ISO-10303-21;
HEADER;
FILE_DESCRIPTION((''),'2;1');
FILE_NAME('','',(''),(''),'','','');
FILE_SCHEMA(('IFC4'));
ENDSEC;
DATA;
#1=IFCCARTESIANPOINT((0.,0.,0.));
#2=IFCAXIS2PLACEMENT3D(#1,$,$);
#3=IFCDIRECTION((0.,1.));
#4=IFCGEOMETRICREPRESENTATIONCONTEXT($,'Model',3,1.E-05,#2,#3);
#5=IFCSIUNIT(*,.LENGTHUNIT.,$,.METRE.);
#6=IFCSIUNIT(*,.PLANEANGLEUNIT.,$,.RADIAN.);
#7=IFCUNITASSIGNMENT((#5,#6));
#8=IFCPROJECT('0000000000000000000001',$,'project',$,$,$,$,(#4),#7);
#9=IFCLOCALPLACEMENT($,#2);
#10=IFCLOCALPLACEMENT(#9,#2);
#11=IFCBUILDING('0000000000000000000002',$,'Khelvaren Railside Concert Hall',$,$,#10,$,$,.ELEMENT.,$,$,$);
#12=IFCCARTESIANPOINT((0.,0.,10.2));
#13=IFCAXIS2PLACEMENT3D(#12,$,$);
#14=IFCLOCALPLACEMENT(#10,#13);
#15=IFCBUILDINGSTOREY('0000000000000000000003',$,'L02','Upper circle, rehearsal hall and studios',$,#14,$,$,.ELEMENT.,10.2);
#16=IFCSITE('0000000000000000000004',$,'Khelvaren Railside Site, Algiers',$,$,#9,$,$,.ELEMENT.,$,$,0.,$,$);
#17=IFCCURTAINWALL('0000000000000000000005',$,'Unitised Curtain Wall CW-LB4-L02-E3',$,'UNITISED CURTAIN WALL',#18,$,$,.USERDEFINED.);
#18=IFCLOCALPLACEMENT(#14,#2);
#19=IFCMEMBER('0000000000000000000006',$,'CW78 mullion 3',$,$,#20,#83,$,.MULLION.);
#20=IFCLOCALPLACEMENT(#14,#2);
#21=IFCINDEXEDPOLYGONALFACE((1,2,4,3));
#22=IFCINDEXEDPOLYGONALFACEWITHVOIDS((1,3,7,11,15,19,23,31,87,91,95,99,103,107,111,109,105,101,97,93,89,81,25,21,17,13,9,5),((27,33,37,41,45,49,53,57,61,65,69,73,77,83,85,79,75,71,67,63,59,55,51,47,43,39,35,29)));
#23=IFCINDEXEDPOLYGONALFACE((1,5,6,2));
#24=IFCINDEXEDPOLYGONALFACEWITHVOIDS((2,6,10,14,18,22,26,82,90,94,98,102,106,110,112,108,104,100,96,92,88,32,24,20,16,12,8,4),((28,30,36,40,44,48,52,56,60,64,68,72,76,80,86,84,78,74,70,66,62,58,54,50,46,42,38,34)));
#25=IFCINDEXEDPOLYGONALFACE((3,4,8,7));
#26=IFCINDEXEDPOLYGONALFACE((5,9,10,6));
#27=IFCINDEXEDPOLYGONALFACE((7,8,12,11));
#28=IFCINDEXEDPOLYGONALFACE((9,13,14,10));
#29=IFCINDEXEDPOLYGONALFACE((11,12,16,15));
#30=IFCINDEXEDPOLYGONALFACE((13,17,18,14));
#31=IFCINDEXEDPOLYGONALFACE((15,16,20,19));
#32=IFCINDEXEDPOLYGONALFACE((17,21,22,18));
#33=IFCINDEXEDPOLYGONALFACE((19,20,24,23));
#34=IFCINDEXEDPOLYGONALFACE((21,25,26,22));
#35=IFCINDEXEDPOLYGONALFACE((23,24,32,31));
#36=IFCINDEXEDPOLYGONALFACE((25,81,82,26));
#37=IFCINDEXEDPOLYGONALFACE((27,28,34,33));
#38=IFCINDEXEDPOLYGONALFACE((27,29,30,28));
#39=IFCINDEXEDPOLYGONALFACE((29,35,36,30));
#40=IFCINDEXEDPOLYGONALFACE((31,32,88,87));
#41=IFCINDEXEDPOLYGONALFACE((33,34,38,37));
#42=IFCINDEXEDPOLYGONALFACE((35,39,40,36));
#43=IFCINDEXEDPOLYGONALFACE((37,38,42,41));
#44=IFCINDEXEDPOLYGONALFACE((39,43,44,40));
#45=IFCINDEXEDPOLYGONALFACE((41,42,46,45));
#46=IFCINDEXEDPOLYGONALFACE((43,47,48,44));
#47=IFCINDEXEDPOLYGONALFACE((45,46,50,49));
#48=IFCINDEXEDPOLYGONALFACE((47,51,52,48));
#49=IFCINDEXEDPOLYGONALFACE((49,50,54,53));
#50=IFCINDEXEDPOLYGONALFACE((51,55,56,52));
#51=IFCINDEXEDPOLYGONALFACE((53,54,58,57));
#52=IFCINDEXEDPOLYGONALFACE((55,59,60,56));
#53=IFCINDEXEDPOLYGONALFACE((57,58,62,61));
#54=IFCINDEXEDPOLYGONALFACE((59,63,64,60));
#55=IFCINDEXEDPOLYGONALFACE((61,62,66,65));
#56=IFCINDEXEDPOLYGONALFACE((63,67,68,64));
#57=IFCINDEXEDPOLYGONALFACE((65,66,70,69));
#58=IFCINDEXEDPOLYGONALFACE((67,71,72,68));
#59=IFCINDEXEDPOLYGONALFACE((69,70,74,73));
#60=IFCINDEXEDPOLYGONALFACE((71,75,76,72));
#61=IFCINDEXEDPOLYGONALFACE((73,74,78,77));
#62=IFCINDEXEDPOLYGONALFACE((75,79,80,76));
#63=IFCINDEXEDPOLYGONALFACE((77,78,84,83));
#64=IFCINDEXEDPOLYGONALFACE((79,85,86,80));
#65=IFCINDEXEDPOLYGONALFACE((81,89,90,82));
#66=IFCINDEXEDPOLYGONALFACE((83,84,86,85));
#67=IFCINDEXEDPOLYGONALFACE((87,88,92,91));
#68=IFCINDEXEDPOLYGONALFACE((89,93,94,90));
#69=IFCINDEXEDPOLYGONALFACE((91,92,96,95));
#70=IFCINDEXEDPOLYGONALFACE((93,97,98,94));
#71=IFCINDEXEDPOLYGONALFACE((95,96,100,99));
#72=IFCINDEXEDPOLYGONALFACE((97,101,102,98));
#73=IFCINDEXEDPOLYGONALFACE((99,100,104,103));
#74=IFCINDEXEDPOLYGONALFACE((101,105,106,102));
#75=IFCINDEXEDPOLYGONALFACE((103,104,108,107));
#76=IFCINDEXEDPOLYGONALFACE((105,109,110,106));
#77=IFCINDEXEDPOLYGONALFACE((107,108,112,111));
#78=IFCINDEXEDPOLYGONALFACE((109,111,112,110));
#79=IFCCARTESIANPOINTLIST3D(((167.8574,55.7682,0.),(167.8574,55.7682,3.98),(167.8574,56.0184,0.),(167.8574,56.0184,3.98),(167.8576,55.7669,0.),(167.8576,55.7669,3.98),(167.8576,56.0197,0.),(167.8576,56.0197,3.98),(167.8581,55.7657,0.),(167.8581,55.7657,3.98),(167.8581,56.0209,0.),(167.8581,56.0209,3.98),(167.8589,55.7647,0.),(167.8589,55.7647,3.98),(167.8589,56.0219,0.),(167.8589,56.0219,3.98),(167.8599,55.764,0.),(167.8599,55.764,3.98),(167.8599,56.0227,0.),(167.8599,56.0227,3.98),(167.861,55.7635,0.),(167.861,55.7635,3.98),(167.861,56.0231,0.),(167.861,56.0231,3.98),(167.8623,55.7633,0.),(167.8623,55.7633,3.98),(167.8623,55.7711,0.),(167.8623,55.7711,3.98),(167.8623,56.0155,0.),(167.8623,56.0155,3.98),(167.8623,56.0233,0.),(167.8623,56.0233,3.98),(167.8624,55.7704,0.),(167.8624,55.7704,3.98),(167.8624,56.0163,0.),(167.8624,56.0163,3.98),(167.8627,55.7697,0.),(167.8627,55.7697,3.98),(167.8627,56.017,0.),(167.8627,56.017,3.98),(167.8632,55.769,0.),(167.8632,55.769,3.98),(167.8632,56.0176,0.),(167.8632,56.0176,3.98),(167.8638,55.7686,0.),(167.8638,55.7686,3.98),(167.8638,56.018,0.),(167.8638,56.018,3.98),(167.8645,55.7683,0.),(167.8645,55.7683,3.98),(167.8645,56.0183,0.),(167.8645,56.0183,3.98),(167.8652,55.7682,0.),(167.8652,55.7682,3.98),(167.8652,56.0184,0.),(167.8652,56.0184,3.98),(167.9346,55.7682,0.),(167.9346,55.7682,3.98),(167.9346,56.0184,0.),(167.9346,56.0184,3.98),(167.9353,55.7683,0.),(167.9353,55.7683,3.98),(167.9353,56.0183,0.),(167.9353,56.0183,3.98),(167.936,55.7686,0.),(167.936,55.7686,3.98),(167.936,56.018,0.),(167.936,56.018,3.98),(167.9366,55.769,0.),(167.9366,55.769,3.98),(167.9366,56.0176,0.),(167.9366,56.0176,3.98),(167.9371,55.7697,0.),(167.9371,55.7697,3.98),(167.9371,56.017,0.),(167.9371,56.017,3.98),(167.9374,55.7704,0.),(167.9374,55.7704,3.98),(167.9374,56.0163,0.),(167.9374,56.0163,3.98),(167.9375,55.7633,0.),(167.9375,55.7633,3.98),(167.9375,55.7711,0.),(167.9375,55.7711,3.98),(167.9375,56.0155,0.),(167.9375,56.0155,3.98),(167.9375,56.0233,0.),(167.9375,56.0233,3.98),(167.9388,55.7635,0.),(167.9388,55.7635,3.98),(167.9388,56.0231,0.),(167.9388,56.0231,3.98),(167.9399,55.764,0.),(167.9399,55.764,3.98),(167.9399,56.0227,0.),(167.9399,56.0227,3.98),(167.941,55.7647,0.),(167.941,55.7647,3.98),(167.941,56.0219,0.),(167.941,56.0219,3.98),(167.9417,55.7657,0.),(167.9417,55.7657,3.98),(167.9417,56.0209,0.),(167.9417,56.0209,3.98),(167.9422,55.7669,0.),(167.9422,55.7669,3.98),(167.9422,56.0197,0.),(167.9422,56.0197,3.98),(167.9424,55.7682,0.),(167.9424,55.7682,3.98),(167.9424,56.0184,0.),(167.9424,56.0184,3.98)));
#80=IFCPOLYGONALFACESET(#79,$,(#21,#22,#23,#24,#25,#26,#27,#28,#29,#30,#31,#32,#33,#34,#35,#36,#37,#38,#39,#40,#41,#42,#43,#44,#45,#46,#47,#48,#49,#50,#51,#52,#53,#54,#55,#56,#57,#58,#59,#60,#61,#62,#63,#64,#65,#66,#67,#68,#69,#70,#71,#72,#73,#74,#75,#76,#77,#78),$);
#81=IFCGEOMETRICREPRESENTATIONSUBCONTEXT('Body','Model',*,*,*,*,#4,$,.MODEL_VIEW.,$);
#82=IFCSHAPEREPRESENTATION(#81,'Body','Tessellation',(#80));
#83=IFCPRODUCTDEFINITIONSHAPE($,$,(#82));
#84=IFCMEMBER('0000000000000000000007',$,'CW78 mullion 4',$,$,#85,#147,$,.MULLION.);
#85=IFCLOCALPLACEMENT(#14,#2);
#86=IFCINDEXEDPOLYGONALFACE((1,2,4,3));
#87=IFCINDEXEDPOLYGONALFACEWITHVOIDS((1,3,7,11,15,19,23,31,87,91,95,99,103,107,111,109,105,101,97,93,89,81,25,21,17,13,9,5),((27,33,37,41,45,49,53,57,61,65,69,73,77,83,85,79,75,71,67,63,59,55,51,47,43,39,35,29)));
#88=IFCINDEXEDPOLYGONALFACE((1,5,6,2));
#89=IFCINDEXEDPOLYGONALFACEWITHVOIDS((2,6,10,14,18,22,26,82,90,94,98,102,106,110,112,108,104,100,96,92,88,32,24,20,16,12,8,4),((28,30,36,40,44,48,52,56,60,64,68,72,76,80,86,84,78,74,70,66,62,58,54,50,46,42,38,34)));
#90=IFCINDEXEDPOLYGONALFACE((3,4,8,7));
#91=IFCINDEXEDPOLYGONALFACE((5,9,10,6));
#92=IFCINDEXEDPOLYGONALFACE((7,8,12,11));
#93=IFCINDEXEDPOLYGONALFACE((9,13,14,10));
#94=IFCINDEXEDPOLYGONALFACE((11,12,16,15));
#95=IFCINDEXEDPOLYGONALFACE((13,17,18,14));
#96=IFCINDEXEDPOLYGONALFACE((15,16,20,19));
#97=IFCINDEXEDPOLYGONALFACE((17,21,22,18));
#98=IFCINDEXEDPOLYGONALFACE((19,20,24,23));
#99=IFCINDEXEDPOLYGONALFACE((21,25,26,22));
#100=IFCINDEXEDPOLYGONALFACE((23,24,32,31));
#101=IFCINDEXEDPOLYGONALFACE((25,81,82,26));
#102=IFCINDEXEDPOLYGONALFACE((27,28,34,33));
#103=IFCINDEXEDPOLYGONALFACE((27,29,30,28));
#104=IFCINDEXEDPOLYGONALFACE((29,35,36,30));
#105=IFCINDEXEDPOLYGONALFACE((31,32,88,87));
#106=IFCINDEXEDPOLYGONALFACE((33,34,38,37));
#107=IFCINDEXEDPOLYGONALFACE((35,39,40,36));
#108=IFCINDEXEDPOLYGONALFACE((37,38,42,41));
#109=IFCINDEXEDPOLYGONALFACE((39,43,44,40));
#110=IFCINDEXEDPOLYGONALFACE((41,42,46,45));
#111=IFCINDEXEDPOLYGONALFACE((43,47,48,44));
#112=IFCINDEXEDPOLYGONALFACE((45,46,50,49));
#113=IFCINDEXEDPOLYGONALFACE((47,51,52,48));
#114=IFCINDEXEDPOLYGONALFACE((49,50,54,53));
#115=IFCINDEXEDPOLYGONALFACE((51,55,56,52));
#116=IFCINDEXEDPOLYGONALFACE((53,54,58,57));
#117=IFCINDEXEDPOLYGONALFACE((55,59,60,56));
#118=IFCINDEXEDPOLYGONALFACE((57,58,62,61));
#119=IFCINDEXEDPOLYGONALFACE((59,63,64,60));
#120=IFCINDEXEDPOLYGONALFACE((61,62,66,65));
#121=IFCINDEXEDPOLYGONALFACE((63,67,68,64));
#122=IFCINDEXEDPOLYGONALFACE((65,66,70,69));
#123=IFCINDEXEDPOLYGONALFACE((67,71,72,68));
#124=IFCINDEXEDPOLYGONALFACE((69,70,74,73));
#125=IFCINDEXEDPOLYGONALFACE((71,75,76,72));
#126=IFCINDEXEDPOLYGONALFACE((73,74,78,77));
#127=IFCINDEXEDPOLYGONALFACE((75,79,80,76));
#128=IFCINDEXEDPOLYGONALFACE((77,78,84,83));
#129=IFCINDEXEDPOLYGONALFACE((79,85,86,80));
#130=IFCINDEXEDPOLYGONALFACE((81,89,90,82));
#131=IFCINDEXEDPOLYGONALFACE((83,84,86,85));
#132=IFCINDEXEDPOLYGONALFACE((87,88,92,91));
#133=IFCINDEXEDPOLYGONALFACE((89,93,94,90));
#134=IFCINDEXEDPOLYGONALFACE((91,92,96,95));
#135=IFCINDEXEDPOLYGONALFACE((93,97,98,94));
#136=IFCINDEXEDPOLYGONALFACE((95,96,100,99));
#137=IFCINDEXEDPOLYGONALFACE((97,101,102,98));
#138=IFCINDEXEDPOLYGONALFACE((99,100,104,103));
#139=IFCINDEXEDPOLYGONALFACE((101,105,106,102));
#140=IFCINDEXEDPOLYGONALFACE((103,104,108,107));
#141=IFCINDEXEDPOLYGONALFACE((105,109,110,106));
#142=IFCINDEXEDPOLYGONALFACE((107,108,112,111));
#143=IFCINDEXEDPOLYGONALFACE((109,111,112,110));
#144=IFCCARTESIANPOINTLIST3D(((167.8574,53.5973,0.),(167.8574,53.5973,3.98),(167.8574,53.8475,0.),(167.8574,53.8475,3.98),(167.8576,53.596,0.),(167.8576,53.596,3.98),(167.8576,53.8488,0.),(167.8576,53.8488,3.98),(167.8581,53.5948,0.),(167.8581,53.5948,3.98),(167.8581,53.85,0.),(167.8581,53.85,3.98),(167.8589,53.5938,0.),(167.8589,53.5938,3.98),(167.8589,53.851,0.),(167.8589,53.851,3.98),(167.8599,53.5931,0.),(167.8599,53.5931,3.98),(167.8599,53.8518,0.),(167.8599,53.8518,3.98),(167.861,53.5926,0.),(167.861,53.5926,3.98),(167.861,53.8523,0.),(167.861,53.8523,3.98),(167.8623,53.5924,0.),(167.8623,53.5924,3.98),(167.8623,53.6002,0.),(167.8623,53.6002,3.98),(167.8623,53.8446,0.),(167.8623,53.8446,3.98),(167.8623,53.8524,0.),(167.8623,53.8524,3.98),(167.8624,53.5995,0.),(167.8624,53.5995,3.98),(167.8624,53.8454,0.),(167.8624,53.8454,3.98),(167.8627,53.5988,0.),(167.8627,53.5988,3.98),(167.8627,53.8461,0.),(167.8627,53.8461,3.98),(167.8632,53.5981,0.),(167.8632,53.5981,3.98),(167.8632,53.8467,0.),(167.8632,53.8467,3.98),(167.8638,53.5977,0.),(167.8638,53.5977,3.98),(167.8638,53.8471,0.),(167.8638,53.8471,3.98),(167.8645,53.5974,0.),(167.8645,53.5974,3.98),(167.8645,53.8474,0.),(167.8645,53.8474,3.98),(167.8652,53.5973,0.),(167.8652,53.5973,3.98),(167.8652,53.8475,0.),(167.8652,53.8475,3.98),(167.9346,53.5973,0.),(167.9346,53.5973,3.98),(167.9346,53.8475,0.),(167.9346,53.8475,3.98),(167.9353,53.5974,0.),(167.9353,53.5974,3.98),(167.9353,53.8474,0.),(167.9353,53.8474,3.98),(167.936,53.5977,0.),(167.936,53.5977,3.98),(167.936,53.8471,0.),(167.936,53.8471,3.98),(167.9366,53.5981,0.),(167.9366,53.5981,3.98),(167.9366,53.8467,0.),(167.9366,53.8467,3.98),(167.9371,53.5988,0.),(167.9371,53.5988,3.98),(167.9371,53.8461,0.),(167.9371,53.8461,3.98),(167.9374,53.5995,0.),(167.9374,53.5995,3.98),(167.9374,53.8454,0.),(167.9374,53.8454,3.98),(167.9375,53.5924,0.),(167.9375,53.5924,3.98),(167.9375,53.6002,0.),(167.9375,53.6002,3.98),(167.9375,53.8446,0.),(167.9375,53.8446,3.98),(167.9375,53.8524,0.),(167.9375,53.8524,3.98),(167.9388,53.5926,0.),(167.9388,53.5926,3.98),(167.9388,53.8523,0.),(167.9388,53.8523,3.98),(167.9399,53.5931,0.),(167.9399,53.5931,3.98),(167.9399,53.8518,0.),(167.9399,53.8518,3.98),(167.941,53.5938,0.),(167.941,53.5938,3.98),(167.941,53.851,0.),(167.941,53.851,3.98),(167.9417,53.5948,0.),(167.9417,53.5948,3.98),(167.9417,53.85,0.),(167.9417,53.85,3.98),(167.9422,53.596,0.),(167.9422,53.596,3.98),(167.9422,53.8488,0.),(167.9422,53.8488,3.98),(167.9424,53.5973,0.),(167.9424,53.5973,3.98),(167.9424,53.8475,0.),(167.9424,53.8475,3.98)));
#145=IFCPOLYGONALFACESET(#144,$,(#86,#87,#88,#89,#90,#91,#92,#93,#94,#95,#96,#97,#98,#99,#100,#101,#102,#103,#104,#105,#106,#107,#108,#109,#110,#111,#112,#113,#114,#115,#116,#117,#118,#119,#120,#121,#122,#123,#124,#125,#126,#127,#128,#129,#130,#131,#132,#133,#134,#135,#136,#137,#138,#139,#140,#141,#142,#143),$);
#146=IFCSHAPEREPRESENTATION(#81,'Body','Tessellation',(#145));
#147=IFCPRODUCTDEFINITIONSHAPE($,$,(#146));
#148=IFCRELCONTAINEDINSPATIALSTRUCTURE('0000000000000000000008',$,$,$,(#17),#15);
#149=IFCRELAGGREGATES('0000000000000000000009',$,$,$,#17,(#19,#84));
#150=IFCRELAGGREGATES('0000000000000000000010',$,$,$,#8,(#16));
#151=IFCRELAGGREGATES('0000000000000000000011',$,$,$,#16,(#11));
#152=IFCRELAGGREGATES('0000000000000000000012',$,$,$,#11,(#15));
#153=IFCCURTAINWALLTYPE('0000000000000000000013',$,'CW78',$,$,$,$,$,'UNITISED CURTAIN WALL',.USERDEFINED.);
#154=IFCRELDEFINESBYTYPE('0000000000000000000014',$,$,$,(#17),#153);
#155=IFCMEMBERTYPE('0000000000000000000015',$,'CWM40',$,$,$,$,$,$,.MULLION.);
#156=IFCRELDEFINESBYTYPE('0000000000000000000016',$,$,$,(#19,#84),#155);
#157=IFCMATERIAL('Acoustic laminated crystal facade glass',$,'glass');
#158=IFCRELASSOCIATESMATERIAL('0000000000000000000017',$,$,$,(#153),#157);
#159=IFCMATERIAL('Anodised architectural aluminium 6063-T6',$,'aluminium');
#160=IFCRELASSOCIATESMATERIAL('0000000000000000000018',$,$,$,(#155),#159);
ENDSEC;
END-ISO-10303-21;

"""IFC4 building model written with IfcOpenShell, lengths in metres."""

from ifc_helpers import new_model, si_unit, direction, frame, origin, origin_2d, place, context, subcontext, project, spatial, hollow_rectangle, extrude, material, material_profile, profile_set, type_object, element, aggregate, save


model = new_model("IFC4")

# Units and contexts
model_context = context("Model", 3, precision=1e-05, world=origin(), true_north=direction((0.0, 1.0)))
body_context = subcontext(model_context, "Body", "Model", "MODEL_VIEW")
ifc_project = project(units=[si_unit("LENGTHUNIT", "METRE"), si_unit("PLANEANGLEUNIT", "RADIAN")], contexts=[model_context])

# Site, building, storey
site_placement = place(None, origin())
site = spatial("IfcSite", under=ifc_project, at=site_placement, Name="Khelvaren Railside Site, Algiers", CompositionType="ELEMENT", RefElevation=0.0)
building_placement = place(site_placement, origin())
building = spatial("IfcBuilding", under=site, at=building_placement, Name="Khelvaren Railside Concert Hall", CompositionType="ELEMENT")
storey_placement = place(building_placement, frame((0.0, 0.0, 10.2)))
storey = spatial("IfcBuildingStorey", under=building, at=storey_placement, Name="L02", Description="Upper circle, rehearsal hall and studios", CompositionType="ELEMENT", Elevation=10.2)

# Curtain wall, members
ifc_material_1 = material(Name="Acoustic laminated crystal facade glass", Category="glass")
curtain_wall_type = type_object("IfcCurtainWallType", Name="CW78", ElementType="UNITISED CURTAIN WALL", PredefinedType="USERDEFINED", material=ifc_material_1)
ifc_material_2 = material(Name="Anodised architectural aluminium 6063-T6", Category="aluminium")
ifc_material_profile_1 = material_profile(ifc_material_2, hollow_rectangle(XDim=0.085, YDim=0.26, WallThickness=0.0049, InnerFilletRadius=0.0029, OuterFilletRadius=0.0049, at=origin_2d()), Name="CWM 85x260x5")
ifc_profile_set_1 = profile_set([ifc_material_profile_1], Name="Anodised architectural aluminium 6063-T6")
member_type_1 = type_object("IfcMemberType", Name="CWM40", PredefinedType="MULLION", material=ifc_profile_set_1)
curtain_wall_1_placement = place(storey_placement, origin())
curtain_wall_1 = element("IfcCurtainWall", 1, at=curtain_wall_1_placement, inside=storey, type_object=curtain_wall_type, Name="Unitised Curtain Wall CW-LB4-L02-E3", ObjectType="UNITISED CURTAIN WALL", PredefinedType="USERDEFINED")
member_1_placement = place(storey_placement, frame((167.8999, 55.8933, 0.0), z_axis=(0.0, 0.0, 1.0), x_axis=(1.0, 0.0, 0.0)))
member_1 = element("IfcMember", 2, at=member_1_placement, type_object=member_type_1, Name="CW78 mullion 3", PredefinedType="MULLION", context=body_context, shape_type="SweptSolid", body=[
    extrude(hollow_rectangle(XDim=0.085, YDim=0.26, WallThickness=0.0049, InnerFilletRadius=0.0029, OuterFilletRadius=0.0049, at=origin_2d()), origin(), (0.0, 0.0, 1.0), 3.98),
])
member_2_placement = place(storey_placement, frame((167.8999, 53.7224, 0.0), z_axis=(0.0, 0.0, 1.0), x_axis=(1.0, 0.0, 0.0)))
member_2 = element("IfcMember", 3, at=member_2_placement, type_object=member_type_1, Name="CW78 mullion 4", PredefinedType="MULLION", context=body_context, shape_type="SweptSolid", body=[
    extrude(hollow_rectangle(XDim=0.085, YDim=0.26, WallThickness=0.0049, InnerFilletRadius=0.0029, OuterFilletRadius=0.0049, at=origin_2d()), origin(), (0.0, 0.0, 1.0), 3.98),
])

aggregate(curtain_wall_1, [member_1, member_2])

save(model, "model.ifc")
